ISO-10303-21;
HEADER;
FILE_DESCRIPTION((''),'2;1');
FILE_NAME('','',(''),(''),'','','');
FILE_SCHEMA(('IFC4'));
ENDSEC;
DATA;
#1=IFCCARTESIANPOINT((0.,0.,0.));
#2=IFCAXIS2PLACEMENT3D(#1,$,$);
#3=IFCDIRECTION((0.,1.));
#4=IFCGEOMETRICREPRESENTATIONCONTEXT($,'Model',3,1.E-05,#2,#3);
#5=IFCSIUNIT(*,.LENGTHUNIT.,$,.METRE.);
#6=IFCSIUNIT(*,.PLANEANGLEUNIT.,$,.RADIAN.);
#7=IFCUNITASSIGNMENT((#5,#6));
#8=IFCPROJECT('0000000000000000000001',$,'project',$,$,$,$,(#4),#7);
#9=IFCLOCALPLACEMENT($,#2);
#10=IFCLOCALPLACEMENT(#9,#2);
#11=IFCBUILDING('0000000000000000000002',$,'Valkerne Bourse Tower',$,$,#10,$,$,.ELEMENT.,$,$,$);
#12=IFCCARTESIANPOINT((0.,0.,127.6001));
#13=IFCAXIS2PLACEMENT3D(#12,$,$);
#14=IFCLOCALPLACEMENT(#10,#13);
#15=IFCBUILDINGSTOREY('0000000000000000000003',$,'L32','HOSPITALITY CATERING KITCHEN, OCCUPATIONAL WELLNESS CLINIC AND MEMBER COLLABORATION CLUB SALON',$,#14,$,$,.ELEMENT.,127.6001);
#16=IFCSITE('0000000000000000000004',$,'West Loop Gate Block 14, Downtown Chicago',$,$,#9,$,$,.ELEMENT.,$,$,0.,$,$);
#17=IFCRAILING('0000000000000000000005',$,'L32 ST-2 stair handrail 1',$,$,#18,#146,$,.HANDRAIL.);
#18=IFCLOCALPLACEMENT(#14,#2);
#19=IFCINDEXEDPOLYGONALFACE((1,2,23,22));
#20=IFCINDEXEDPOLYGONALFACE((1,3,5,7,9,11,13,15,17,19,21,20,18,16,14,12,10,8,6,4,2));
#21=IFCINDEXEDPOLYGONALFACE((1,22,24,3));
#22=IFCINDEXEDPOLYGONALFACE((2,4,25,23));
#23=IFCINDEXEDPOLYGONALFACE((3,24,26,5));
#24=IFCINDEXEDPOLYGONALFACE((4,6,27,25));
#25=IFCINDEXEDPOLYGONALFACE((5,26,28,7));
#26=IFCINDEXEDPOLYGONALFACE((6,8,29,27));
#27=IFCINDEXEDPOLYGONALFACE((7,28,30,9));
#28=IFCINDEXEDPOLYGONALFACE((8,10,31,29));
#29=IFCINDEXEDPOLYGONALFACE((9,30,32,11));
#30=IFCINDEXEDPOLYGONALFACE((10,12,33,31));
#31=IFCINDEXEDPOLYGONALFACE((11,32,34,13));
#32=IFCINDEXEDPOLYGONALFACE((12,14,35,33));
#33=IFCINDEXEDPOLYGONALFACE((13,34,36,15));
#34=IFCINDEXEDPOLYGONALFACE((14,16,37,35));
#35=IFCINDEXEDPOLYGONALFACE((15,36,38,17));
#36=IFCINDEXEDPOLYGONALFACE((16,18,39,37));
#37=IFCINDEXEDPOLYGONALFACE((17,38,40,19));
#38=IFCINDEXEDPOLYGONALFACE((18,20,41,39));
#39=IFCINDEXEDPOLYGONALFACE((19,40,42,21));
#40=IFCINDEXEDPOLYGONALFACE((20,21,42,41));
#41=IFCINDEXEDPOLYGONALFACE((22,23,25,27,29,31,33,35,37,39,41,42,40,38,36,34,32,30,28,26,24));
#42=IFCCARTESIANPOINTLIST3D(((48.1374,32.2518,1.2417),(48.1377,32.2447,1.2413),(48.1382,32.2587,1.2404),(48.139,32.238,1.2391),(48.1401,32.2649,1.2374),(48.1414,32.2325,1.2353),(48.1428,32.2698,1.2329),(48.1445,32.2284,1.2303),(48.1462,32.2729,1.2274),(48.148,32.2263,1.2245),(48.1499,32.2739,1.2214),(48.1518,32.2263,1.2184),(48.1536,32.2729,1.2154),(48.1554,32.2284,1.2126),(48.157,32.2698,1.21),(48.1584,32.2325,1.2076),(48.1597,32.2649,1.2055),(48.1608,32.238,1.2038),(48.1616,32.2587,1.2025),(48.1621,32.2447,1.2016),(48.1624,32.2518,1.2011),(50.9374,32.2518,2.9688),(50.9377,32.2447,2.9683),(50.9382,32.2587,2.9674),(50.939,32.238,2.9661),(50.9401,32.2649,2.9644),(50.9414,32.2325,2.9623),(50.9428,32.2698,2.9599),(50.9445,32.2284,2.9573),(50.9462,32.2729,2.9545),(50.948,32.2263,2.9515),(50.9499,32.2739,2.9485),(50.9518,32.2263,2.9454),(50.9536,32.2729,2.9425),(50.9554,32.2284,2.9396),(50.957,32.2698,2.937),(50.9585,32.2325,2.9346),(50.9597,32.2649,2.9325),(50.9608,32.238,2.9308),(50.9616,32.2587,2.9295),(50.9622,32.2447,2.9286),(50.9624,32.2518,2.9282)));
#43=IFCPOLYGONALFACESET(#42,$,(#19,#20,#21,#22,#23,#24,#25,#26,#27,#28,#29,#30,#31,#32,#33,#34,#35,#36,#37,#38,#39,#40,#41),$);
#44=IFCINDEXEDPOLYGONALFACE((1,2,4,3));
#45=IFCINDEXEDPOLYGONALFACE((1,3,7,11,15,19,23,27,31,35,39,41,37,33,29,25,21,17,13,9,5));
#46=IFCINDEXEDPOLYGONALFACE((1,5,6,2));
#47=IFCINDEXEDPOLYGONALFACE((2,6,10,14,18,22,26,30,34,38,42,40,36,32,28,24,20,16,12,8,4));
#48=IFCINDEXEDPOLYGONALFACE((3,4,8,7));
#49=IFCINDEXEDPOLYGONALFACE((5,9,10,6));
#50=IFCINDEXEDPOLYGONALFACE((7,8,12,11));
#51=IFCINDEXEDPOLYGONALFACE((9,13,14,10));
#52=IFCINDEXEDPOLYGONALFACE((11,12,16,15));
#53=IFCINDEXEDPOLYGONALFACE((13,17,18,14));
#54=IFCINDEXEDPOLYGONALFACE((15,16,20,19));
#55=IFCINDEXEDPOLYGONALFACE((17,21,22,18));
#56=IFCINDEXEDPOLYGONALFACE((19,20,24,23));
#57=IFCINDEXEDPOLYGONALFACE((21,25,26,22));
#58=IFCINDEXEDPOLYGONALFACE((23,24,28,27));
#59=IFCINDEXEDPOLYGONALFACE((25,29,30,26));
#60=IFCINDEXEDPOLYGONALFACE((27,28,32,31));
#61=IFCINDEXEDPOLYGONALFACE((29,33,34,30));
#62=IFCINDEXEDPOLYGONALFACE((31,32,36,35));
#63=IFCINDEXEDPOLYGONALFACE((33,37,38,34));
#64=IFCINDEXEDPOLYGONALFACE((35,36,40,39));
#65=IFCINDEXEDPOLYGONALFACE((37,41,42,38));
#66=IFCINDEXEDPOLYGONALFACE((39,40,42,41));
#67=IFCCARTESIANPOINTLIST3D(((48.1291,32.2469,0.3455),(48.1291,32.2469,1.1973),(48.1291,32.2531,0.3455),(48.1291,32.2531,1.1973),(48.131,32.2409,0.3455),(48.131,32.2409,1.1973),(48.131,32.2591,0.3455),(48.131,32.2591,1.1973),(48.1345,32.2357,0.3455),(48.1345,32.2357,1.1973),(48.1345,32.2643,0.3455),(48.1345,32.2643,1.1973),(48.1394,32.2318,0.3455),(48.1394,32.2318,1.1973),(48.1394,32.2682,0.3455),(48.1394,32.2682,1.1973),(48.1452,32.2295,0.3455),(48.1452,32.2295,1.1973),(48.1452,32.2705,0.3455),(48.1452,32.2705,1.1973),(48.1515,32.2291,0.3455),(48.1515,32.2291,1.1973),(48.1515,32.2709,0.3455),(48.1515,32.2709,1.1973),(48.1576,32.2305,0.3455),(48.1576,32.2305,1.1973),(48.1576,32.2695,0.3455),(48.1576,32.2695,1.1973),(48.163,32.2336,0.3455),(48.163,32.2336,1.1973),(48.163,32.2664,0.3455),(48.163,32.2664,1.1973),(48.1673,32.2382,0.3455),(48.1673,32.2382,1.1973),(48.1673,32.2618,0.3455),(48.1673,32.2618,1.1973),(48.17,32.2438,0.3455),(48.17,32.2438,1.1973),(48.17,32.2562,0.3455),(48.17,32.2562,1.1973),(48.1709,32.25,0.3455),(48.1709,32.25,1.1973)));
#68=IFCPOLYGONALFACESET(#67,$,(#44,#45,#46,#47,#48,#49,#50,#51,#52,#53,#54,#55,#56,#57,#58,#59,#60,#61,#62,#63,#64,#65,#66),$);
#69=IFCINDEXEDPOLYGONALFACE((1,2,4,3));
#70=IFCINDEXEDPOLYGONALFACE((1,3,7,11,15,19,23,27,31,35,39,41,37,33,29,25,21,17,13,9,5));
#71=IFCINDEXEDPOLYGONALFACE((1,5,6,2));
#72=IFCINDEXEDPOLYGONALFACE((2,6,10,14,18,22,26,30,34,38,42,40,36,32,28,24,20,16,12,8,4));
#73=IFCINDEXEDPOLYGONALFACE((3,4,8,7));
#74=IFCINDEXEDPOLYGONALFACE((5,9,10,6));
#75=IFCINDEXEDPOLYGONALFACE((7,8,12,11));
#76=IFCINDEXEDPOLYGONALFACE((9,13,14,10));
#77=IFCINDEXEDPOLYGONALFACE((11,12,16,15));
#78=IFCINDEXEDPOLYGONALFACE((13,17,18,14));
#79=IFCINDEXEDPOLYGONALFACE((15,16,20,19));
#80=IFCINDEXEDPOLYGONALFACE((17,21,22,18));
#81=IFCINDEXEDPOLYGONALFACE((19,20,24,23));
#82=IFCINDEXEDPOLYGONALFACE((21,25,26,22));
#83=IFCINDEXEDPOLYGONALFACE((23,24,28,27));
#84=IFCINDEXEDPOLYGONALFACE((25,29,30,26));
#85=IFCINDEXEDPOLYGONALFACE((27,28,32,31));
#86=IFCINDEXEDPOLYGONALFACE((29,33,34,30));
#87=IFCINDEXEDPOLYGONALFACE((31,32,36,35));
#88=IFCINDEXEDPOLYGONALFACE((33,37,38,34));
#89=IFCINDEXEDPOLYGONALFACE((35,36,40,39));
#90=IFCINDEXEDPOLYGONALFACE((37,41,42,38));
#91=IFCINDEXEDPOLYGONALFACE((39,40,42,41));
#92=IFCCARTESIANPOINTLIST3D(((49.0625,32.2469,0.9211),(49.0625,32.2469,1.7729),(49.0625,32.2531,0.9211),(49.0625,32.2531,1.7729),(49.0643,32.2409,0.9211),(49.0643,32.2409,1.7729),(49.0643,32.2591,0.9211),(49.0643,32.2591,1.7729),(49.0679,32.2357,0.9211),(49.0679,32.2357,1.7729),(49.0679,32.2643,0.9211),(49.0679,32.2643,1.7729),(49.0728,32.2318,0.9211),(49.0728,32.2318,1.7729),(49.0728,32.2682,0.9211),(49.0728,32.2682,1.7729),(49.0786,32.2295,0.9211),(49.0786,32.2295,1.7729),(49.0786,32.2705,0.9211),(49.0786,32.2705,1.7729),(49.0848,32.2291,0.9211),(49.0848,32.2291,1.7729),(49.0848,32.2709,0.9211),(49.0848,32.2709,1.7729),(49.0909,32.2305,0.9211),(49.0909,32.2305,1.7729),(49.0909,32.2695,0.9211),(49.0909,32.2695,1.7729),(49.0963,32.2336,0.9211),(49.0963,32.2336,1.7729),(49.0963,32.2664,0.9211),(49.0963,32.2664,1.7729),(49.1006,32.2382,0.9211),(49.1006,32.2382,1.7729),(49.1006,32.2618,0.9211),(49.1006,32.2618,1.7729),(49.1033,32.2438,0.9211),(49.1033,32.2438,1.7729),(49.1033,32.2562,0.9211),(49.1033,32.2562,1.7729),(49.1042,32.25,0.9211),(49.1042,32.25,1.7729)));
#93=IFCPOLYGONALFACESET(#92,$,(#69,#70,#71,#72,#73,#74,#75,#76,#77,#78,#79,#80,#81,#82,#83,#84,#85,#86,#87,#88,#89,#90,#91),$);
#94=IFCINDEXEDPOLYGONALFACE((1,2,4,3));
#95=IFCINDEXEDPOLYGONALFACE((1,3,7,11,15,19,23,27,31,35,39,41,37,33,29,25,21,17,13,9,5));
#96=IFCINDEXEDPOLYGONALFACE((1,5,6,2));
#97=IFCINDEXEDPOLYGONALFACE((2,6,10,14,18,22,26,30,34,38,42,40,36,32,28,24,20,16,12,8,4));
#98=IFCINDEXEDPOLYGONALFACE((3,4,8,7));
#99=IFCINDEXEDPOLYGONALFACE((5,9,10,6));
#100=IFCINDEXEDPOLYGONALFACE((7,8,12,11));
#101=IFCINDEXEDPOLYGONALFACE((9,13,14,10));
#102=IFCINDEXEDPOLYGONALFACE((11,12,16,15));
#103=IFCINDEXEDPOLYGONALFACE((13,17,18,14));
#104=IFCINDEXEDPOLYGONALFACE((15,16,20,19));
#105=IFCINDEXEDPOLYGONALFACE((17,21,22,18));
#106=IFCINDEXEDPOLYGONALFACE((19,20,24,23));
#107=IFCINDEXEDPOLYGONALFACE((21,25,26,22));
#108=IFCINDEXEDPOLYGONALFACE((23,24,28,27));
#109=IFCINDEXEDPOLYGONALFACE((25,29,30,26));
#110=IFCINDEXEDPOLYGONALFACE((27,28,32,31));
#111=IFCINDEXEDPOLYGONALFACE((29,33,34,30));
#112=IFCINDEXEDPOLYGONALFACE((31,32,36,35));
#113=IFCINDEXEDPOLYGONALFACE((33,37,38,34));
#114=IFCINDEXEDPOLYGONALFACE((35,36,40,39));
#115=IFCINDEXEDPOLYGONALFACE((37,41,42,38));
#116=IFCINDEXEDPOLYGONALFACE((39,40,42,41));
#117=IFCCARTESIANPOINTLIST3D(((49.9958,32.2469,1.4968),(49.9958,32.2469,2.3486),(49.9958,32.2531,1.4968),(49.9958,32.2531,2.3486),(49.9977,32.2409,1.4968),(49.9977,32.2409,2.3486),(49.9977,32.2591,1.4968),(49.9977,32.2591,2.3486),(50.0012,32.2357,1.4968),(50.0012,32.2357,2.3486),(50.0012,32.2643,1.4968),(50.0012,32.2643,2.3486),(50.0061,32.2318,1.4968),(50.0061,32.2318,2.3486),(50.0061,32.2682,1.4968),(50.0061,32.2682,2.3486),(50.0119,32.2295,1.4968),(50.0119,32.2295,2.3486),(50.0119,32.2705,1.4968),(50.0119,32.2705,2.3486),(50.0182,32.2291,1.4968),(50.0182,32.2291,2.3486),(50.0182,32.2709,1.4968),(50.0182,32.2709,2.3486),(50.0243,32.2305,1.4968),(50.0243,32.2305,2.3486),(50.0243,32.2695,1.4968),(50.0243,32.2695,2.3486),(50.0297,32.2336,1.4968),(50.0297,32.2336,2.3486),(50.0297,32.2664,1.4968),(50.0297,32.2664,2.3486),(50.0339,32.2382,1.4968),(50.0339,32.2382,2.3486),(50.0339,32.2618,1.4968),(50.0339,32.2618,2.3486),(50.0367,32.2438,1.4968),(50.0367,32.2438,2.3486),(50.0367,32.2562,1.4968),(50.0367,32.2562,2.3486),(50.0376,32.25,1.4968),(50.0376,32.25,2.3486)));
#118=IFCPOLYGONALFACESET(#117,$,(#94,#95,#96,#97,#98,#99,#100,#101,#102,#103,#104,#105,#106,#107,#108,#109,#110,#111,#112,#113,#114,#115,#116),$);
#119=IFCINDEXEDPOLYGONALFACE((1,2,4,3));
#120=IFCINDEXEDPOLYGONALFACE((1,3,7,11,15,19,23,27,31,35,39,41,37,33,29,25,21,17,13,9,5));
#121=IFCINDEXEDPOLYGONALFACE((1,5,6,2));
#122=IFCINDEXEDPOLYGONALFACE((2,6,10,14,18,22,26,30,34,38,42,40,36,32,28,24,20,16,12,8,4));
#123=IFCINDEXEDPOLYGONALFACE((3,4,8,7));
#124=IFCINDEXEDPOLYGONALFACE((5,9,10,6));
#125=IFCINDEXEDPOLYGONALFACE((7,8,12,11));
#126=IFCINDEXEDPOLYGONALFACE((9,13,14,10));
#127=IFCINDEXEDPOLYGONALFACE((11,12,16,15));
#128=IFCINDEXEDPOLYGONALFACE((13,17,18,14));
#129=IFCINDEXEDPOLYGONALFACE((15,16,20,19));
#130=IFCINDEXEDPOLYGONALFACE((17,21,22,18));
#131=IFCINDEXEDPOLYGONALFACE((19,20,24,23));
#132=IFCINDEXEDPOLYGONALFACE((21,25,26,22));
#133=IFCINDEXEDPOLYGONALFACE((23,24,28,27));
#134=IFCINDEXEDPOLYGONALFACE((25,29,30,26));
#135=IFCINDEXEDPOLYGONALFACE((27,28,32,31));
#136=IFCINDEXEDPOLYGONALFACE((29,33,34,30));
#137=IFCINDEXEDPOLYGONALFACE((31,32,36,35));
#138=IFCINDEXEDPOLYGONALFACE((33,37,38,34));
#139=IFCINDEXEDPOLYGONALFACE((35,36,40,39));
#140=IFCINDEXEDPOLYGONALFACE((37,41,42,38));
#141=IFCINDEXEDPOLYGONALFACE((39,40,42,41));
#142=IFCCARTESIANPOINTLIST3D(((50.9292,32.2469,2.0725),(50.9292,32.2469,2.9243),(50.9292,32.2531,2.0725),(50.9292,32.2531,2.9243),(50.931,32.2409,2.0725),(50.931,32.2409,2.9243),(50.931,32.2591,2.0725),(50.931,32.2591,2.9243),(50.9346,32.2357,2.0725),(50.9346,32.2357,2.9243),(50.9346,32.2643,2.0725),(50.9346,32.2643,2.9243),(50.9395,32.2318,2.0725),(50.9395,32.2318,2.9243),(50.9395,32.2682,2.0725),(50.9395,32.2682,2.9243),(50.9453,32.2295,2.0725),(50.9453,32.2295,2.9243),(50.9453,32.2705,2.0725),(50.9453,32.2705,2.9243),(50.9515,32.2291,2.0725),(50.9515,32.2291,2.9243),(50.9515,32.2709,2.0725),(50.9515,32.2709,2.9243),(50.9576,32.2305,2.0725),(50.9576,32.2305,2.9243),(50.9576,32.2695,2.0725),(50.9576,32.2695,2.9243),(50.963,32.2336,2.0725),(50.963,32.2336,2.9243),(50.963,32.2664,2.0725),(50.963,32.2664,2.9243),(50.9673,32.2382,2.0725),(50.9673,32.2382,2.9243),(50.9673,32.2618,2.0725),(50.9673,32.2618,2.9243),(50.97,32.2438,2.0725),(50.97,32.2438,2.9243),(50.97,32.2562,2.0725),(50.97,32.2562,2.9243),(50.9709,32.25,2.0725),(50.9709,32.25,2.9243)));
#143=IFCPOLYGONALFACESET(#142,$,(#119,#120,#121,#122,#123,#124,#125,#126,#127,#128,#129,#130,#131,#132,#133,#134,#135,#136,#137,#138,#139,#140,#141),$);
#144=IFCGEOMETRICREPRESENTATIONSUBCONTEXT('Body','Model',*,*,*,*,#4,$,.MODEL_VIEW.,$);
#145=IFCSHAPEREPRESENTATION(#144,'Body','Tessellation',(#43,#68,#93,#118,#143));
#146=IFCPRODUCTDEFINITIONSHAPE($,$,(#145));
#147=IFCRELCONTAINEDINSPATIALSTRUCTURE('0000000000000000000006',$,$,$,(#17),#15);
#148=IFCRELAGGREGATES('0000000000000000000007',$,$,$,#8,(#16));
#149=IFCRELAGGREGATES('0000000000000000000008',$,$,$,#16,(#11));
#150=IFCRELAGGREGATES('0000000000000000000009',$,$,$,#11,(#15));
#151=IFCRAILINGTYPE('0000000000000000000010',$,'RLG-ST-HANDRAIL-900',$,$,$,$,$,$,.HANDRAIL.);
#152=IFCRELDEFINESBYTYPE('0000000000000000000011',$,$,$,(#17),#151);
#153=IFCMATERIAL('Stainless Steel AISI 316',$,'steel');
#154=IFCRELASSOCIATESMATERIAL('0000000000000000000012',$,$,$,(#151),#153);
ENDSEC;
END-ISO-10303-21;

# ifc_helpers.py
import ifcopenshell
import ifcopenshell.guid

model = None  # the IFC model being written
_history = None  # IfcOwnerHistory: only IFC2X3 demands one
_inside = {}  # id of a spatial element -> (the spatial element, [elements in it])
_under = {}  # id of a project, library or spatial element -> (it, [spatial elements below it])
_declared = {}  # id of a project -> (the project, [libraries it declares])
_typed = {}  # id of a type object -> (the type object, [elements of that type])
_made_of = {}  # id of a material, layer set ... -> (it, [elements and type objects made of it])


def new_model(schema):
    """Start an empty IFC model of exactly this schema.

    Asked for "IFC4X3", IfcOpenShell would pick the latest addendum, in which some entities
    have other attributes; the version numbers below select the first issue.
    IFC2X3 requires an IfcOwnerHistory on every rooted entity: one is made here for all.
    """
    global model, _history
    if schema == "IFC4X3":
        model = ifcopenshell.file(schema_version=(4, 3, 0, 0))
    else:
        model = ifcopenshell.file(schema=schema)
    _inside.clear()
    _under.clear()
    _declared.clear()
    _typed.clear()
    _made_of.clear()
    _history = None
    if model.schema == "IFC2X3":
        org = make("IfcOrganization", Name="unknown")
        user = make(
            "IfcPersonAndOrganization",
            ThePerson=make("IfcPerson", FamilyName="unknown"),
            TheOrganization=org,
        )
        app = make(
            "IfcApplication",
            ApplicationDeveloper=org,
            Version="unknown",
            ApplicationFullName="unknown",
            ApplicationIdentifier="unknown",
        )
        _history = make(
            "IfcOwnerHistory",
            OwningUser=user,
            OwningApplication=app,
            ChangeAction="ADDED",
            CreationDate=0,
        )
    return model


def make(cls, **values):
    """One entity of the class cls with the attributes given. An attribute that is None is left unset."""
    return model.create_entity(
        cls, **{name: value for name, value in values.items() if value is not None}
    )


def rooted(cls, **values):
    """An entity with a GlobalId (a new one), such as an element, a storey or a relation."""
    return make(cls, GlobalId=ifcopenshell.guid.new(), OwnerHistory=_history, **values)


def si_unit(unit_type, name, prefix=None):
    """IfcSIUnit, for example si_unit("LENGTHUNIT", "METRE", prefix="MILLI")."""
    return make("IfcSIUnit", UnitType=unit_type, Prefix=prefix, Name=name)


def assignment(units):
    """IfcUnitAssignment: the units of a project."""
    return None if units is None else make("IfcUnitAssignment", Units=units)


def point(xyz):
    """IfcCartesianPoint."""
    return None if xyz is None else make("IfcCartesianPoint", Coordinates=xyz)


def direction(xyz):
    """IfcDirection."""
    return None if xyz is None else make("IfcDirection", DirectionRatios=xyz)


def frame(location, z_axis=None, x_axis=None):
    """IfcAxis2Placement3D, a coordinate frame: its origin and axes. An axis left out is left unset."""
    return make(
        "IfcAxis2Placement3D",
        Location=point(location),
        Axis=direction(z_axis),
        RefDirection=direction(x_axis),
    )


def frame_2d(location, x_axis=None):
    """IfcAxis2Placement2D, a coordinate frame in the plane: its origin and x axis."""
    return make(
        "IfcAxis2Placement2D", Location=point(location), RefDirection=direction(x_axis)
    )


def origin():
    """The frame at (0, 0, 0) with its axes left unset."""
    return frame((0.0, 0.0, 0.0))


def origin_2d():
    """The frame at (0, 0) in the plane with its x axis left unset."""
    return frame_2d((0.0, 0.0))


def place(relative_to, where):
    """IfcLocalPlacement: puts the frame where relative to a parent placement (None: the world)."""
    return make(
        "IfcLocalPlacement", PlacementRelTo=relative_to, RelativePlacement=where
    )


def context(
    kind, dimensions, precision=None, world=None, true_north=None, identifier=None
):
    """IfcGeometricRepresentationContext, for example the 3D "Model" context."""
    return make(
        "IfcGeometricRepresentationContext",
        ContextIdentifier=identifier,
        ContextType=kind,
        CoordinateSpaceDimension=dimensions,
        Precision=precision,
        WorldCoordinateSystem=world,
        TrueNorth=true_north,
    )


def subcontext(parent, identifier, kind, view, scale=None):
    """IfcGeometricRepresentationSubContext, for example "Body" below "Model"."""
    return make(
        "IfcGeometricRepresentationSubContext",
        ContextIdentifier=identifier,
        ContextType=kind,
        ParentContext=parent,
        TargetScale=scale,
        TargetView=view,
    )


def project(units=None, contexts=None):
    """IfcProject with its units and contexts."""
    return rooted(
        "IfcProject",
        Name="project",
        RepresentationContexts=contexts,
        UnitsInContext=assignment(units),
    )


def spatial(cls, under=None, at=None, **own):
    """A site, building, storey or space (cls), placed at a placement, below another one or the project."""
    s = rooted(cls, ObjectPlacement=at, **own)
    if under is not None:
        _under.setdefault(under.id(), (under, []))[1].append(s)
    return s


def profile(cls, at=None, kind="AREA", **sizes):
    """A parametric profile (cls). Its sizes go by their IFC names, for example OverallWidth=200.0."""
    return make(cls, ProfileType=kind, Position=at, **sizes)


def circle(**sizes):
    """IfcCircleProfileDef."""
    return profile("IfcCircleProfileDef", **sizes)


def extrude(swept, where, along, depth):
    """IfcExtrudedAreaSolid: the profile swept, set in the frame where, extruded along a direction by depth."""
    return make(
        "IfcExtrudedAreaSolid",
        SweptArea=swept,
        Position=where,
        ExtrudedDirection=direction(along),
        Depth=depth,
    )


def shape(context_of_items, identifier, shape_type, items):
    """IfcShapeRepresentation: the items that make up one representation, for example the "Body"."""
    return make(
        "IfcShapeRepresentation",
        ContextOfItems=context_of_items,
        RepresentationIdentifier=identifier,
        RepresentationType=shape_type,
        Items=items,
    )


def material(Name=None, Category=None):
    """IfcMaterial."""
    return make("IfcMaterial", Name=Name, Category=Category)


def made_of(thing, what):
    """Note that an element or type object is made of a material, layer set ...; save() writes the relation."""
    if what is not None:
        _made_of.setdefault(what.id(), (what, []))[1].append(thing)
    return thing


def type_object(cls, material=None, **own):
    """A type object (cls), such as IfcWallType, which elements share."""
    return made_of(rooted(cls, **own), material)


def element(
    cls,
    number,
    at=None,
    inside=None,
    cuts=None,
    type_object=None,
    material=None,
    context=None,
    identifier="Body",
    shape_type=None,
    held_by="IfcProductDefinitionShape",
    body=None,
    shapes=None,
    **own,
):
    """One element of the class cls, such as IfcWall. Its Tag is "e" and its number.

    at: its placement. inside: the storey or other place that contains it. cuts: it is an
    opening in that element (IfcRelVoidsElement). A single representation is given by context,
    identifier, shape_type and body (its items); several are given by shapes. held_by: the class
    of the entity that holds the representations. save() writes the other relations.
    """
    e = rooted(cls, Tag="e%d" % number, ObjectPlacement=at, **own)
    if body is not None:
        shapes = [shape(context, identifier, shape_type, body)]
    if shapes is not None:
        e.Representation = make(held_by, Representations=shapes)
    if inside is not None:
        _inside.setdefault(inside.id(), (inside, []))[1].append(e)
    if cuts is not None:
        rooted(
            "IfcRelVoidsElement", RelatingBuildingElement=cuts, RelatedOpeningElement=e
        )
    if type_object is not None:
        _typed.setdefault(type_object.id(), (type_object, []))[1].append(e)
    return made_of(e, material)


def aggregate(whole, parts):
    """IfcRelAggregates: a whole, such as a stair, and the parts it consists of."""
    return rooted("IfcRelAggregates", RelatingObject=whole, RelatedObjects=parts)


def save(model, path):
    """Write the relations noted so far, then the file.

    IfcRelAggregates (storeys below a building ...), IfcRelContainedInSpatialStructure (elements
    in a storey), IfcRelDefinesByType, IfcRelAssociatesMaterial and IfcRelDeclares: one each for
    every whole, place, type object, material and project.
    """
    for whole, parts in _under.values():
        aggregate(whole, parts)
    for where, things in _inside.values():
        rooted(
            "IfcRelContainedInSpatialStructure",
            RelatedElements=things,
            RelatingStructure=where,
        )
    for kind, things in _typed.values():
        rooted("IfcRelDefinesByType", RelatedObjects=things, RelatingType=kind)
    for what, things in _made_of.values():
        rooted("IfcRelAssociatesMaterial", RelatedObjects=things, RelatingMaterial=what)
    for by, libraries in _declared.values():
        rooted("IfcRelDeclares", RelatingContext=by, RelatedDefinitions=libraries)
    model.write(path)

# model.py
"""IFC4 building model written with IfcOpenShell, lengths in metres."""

from ifc_helpers import new_model, si_unit, direction, frame, origin, origin_2d, place, context, subcontext, project, spatial, circle, extrude, material, type_object, element, save


model = new_model("IFC4")

# Units and contexts
model_context = context("Model", 3, precision=1e-05, world=origin(), true_north=direction((0.0, 1.0)))
body_context = subcontext(model_context, "Body", "Model", "MODEL_VIEW")
ifc_project = project(units=[si_unit("LENGTHUNIT", "METRE"), si_unit("PLANEANGLEUNIT", "RADIAN")], contexts=[model_context])

# Site, building, storey
site_placement = place(None, origin())
site = spatial("IfcSite", under=ifc_project, at=site_placement, Name="West Loop Gate Block 14, Downtown Chicago", CompositionType="ELEMENT", RefElevation=0.0)
building_placement = place(site_placement, origin())
building = spatial("IfcBuilding", under=site, at=building_placement, Name="Valkerne Bourse Tower", CompositionType="ELEMENT")
storey_placement = place(building_placement, frame((0.0, 0.0, 127.6001)))
storey = spatial("IfcBuildingStorey", under=building, at=storey_placement, Name="L32", Description="HOSPITALITY CATERING KITCHEN, OCCUPATIONAL WELLNESS CLINIC AND MEMBER COLLABORATION CLUB SALON", CompositionType="ELEMENT", Elevation=127.6001)

# Shared definitions
ifc_material_1 = material(Name="Stainless Steel AISI 316", Category="steel")

# Railing
railing_type_1 = type_object("IfcRailingType", Name="RLG-ST-HANDRAIL-900", PredefinedType="HANDRAIL", material=ifc_material_1)
railing_1_placement = place(storey_placement, frame((48.1499, 32.25, 0.3455)))
element("IfcRailing", 1, at=railing_1_placement, inside=storey, type_object=railing_type_1, Name="L32 ST-2 stair handrail 1", PredefinedType="HANDRAIL", context=body_context, shape_type="SweptSolid", body=[
    extrude(circle(Radius=0.0239, at=origin_2d()), frame((0.0, 0.0, 0.876), z_axis=(0.851123, 0.0, 0.524967), x_axis=(0.0, 1.0, 0.0)), (0.0, 0.0, 1.0), 3.2898),
    extrude(circle(Radius=0.021, at=origin_2d()), origin(), (0.0, 0.0, 1.0), 0.8518),
    extrude(circle(Radius=0.021, at=origin_2d()), frame((0.9333, 0.0, 0.5757)), (0.0, 0.0, 1.0), 0.8518),
    extrude(circle(Radius=0.021, at=origin_2d()), frame((1.8667, 0.0, 1.1514)), (0.0, 0.0, 1.0), 0.8518),
    extrude(circle(Radius=0.021, at=origin_2d()), frame((2.8, 0.0, 1.7271)), (0.0, 0.0, 1.0), 0.8518),
])

save(model, "model.ifc")
